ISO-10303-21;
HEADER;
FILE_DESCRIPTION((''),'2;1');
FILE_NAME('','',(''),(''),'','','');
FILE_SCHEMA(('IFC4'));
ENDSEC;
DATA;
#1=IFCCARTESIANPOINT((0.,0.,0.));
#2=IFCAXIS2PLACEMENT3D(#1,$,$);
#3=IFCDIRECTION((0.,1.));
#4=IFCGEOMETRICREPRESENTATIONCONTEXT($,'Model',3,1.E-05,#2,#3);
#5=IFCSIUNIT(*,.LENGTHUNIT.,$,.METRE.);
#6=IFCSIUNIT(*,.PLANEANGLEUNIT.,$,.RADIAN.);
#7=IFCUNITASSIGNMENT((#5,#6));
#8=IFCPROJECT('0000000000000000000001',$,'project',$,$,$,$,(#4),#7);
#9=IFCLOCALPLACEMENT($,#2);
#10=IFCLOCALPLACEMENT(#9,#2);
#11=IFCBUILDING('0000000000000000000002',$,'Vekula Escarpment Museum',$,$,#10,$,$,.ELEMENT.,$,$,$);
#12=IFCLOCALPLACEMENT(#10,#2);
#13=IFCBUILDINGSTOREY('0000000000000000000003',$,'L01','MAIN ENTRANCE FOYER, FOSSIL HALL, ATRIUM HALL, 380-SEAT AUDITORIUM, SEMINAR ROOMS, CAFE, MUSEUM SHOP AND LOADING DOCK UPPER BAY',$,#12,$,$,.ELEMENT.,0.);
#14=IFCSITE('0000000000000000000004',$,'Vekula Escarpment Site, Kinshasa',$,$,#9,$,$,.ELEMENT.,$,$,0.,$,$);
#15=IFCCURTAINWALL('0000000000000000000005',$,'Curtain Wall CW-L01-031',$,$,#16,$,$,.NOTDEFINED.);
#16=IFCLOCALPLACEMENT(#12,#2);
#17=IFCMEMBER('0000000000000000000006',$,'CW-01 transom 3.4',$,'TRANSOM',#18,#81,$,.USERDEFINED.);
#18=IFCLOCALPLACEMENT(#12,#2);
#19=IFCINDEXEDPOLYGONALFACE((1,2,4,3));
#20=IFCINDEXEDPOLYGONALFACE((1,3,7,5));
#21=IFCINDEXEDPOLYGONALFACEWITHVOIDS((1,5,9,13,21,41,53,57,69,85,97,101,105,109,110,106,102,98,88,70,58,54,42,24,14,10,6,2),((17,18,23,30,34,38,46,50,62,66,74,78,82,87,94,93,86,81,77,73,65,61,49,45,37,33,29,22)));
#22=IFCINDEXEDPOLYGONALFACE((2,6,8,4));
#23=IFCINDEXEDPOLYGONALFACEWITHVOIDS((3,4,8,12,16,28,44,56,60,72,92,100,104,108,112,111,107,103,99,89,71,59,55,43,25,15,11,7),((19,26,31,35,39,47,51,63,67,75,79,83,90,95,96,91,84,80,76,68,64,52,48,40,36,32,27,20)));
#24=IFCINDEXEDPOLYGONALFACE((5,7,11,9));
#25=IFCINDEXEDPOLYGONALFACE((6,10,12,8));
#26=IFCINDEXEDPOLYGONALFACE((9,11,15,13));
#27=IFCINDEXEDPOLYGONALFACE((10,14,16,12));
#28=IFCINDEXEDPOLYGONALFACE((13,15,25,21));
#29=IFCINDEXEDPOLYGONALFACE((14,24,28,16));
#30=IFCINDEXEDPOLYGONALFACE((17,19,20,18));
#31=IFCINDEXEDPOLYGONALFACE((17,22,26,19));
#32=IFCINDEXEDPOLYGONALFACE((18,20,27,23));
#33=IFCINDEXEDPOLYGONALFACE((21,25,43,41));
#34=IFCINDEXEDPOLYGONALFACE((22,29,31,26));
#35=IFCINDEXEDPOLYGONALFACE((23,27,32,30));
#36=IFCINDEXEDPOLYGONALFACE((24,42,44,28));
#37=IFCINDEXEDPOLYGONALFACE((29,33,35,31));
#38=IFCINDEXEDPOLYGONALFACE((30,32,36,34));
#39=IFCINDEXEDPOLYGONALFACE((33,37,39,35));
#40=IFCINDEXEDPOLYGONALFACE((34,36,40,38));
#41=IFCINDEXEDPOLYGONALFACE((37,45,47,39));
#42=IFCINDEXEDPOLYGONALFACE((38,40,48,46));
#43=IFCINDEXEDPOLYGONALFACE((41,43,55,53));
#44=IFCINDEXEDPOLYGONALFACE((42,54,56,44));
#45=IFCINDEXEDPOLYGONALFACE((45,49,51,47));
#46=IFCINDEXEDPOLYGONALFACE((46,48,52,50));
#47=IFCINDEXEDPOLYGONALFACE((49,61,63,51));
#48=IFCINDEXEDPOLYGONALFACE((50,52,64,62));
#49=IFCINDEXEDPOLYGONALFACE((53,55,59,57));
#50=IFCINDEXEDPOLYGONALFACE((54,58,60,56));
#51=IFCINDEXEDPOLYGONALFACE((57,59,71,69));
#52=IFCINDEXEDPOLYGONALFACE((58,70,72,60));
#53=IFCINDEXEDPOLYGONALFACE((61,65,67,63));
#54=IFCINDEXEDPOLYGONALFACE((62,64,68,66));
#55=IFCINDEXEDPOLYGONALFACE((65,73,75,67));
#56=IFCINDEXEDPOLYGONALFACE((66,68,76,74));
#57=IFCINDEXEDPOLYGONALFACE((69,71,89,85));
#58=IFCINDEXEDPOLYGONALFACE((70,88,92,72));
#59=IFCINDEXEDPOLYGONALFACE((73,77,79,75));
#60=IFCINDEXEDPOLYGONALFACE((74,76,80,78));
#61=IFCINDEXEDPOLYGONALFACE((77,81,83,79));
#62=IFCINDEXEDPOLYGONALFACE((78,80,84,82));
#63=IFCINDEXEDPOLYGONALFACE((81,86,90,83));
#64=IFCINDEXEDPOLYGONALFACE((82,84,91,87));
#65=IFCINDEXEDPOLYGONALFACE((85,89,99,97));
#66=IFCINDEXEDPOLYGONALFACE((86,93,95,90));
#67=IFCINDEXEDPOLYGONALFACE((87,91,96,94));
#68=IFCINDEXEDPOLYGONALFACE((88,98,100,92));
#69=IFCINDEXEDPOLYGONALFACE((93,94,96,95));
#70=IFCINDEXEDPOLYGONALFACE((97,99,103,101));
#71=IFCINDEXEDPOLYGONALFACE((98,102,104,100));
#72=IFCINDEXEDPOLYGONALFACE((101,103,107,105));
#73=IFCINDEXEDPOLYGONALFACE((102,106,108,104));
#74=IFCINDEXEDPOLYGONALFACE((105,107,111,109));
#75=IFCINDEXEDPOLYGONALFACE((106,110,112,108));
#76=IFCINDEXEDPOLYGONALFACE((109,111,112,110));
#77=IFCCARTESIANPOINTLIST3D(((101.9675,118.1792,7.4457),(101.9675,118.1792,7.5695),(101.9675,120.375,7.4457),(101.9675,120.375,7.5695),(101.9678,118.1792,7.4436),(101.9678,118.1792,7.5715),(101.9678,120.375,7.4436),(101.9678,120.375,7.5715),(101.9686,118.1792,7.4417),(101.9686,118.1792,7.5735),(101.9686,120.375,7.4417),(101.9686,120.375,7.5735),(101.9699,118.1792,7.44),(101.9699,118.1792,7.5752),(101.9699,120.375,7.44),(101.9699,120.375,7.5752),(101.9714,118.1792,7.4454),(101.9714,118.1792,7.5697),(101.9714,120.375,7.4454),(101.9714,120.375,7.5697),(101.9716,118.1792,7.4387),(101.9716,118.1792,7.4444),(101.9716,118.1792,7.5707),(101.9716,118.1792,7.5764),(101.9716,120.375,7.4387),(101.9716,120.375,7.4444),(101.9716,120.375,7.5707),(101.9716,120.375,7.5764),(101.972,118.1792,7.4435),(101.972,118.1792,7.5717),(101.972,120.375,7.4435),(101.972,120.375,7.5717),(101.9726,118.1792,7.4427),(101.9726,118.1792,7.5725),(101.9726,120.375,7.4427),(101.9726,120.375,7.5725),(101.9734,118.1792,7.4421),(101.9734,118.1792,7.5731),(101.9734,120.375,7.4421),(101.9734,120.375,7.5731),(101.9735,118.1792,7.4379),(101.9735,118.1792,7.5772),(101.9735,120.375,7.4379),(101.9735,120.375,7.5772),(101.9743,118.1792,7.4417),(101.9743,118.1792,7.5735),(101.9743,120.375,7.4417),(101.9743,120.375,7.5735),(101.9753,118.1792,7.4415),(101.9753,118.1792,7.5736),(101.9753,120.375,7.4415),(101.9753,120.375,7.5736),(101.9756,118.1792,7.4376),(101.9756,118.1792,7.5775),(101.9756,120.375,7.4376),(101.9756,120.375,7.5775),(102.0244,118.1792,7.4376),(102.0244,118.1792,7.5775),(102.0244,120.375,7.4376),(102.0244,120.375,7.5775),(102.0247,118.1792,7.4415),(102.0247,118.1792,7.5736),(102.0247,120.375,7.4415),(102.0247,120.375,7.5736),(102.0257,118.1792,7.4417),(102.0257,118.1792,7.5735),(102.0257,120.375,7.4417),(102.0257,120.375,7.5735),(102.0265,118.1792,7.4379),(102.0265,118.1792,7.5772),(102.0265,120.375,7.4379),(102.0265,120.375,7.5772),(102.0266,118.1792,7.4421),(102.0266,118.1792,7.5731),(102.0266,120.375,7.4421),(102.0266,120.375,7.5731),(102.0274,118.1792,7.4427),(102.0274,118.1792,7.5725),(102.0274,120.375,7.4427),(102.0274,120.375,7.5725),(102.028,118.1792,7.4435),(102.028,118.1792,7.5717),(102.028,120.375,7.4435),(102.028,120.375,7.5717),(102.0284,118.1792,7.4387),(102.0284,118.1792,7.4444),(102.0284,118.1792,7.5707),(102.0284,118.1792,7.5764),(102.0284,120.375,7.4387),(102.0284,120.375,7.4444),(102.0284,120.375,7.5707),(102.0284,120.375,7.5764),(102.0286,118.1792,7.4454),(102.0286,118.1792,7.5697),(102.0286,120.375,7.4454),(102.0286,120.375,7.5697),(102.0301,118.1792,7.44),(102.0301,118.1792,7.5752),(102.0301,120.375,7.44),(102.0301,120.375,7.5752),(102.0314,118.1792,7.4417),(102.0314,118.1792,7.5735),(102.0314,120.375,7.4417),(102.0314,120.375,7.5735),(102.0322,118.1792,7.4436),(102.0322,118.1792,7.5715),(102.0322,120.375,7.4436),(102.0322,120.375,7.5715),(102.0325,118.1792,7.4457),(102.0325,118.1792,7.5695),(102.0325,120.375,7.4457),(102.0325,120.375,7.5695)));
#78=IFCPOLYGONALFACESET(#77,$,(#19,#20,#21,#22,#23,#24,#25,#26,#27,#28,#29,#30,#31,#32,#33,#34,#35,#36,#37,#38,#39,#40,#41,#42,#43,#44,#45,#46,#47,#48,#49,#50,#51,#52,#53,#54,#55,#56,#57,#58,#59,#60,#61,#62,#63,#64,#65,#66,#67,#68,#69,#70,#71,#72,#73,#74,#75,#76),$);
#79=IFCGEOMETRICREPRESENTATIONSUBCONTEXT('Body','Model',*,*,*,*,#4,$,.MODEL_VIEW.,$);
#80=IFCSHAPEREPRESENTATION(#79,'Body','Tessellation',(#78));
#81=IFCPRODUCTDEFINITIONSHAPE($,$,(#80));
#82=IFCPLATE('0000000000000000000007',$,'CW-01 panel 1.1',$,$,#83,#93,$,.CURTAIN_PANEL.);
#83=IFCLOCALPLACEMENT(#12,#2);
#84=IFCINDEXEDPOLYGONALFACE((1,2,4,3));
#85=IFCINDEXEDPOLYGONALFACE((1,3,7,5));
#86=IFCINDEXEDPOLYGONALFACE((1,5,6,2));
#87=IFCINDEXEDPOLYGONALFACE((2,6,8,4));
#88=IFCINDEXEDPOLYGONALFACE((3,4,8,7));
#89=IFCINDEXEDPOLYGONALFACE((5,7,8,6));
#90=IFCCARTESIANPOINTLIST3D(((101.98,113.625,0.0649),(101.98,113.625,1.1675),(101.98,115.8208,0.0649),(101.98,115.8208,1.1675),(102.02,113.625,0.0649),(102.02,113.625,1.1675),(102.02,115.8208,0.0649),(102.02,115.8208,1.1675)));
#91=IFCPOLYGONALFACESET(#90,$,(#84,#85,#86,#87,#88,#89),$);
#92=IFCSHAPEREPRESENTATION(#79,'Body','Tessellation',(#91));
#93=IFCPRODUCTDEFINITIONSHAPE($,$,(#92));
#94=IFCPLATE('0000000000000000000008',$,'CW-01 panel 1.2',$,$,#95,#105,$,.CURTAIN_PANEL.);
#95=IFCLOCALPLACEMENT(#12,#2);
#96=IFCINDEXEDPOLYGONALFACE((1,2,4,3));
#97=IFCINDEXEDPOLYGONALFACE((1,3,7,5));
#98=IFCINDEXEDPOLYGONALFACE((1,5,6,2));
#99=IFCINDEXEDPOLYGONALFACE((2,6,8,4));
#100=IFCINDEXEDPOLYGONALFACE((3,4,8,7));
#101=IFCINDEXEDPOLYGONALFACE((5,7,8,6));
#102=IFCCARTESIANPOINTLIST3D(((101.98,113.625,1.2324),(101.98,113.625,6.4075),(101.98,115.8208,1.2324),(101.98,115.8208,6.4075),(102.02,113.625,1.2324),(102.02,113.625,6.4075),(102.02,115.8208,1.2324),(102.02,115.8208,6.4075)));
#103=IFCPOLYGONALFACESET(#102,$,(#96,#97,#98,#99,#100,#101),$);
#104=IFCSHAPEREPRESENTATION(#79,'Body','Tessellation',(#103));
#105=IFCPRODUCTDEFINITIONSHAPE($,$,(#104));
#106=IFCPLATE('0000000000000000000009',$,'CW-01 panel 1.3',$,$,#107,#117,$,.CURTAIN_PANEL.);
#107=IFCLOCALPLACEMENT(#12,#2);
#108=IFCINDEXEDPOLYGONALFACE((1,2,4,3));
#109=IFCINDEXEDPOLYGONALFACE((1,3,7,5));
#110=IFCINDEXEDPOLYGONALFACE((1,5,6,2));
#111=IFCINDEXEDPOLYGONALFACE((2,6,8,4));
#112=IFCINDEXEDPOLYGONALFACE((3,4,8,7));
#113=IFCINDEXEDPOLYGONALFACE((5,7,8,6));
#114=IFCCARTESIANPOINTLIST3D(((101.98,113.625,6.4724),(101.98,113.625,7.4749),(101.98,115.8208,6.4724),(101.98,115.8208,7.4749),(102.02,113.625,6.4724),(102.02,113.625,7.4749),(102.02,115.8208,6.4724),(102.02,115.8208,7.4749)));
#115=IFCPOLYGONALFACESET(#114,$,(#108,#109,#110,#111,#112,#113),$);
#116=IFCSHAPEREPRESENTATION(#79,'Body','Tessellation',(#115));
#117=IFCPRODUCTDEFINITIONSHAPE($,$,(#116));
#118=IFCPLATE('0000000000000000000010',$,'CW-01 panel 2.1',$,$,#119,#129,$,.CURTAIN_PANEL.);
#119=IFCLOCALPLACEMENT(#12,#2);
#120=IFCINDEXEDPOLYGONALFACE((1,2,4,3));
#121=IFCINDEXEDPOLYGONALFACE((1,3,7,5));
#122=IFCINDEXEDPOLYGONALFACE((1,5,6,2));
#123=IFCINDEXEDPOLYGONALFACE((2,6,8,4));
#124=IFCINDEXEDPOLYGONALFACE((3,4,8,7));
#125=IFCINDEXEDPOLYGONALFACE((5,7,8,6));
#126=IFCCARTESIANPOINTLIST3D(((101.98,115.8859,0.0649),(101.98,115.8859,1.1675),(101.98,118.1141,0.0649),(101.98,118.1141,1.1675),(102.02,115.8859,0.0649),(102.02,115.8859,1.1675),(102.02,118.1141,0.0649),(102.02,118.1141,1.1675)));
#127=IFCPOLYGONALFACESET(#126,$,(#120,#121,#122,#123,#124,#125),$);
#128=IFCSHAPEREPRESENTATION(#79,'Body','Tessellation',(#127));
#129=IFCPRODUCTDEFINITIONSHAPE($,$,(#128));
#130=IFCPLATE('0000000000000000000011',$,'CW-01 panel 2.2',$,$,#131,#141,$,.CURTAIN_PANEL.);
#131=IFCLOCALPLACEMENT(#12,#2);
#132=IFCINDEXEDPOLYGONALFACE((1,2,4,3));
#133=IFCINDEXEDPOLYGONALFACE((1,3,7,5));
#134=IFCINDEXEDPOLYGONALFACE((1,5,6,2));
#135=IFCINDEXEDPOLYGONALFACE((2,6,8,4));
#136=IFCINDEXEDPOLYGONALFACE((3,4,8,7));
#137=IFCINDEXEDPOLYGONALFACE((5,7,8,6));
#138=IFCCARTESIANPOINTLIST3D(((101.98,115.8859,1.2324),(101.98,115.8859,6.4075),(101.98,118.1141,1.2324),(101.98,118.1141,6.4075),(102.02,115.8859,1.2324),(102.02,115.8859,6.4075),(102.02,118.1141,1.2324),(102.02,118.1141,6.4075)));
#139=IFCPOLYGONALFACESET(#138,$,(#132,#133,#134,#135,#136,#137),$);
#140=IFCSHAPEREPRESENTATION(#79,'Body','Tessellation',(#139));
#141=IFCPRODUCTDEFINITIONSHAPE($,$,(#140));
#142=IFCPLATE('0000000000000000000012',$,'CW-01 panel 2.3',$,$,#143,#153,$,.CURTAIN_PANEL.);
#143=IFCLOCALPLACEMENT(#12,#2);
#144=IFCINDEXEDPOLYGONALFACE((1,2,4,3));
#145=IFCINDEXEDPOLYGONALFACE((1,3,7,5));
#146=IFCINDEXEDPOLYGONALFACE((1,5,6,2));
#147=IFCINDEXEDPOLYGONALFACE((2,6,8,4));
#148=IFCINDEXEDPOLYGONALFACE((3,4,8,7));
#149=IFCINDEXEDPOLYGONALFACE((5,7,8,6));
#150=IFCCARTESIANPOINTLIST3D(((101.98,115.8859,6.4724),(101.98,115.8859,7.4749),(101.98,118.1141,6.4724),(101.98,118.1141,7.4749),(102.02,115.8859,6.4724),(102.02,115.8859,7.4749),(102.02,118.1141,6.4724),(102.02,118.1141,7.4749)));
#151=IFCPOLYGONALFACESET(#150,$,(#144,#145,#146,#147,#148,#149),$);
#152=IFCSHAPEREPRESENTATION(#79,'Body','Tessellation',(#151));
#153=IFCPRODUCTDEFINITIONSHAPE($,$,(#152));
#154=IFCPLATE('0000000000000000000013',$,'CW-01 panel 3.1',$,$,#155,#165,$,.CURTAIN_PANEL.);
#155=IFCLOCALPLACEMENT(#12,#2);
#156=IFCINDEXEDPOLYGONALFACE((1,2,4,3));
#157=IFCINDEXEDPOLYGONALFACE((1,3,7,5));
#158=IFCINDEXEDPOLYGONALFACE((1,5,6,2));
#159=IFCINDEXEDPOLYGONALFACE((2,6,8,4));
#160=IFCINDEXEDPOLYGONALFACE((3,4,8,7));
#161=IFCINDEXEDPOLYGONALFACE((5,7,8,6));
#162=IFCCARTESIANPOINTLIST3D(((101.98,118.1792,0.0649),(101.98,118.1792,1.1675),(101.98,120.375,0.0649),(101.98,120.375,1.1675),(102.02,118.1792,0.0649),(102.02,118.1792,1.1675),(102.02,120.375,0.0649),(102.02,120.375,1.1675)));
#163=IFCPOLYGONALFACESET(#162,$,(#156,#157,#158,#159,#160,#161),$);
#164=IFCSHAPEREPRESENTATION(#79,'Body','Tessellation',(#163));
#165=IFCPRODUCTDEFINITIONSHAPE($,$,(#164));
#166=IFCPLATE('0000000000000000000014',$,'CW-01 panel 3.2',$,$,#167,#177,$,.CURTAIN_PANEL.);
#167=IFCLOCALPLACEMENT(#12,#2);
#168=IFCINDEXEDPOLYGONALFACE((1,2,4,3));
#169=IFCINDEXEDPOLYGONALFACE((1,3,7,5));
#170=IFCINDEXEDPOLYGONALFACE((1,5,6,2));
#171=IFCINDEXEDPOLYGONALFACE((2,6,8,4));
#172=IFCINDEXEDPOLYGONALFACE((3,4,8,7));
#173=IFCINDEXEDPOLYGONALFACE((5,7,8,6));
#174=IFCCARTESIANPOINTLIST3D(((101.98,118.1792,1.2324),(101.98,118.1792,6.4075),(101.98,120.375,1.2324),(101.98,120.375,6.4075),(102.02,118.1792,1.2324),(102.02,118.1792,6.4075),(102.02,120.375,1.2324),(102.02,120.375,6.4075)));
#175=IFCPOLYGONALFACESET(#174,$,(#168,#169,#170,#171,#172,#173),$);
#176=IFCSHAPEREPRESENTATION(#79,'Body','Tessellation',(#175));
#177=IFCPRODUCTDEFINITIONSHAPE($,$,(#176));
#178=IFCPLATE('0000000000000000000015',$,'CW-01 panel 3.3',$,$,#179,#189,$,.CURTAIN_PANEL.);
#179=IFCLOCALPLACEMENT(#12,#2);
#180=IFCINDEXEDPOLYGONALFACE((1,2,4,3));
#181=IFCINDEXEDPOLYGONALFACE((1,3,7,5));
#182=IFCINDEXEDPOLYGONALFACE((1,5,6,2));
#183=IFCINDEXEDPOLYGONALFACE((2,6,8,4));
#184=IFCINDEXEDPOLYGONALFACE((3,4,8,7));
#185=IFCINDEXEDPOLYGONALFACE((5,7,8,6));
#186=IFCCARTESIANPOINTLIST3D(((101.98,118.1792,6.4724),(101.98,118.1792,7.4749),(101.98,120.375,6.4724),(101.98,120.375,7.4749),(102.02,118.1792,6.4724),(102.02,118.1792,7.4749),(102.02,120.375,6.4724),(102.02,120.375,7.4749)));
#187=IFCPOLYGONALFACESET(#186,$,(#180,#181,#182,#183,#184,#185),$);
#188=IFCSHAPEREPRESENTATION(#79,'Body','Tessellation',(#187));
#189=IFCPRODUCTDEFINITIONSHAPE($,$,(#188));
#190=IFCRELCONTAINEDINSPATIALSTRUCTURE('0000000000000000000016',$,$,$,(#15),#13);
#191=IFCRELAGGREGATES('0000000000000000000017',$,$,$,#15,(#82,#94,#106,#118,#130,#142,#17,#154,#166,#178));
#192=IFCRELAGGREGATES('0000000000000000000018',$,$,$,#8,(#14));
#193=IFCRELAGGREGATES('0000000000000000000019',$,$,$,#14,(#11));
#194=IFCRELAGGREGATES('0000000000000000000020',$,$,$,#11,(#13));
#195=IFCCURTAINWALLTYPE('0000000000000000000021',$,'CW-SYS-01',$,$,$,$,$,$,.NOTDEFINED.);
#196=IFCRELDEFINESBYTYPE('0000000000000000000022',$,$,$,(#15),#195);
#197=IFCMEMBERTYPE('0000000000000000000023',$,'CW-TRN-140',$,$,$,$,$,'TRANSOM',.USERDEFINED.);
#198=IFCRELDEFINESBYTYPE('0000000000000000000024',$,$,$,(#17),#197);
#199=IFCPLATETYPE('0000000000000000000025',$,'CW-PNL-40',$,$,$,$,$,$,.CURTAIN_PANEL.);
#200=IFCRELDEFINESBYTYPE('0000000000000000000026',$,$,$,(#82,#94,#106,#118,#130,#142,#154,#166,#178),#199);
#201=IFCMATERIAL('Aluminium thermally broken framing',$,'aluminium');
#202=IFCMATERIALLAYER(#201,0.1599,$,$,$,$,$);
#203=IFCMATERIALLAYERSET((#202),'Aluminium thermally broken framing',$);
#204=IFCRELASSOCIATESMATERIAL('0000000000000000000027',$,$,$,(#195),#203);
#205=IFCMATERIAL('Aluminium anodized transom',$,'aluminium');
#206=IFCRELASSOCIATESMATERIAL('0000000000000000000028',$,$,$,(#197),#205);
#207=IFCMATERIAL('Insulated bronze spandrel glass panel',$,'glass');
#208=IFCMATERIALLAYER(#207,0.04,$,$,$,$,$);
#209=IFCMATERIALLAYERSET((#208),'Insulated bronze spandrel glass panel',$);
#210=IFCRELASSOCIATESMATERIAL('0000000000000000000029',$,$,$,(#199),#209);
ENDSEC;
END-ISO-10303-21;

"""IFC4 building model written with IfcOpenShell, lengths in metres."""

from ifc_helpers import new_model, si_unit, direction, frame, origin, origin_2d, place, context, subcontext, project, spatial, rectangle, hollow_rectangle, extrude, material, layer, layer_set, material_profile, profile_set, type_object, element, aggregate, save


model = new_model("IFC4")

# Units and contexts
model_context = context("Model", 3, precision=1e-05, world=origin(), true_north=direction((0.0, 1.0)))
body_context = subcontext(model_context, "Body", "Model", "MODEL_VIEW")
ifc_project = project(units=[si_unit("LENGTHUNIT", "METRE"), si_unit("PLANEANGLEUNIT", "RADIAN")], contexts=[model_context])

# Site, building, storey
site_placement = place(None, origin())
site = spatial("IfcSite", under=ifc_project, at=site_placement, Name="Vekula Escarpment Site, Kinshasa", CompositionType="ELEMENT", RefElevation=0.0)
building_placement = place(site_placement, origin())
building = spatial("IfcBuilding", under=site, at=building_placement, Name="Vekula Escarpment Museum", CompositionType="ELEMENT")
storey_placement = place(building_placement, origin())
storey = spatial("IfcBuildingStorey", under=building, at=storey_placement, Name="L01", Description="MAIN ENTRANCE FOYER, FOSSIL HALL, ATRIUM HALL, 380-SEAT AUDITORIUM, SEMINAR ROOMS, CAFE, MUSEUM SHOP AND LOADING DOCK UPPER BAY", CompositionType="ELEMENT", Elevation=0.0)

# Curtain wall, member, plates
ifc_material_1 = material(Name="Aluminium thermally broken framing", Category="aluminium")
ifc_layer_1 = layer(ifc_material_1, 0.1599)
ifc_layer_set_1 = layer_set([ifc_layer_1], Name="Aluminium thermally broken framing")
curtain_wall_type = type_object("IfcCurtainWallType", Name="CW-SYS-01", PredefinedType="NOTDEFINED", material=ifc_layer_set_1)
curtain_wall_placement = place(storey_placement, origin())
curtain_wall = element("IfcCurtainWall", 1, at=curtain_wall_placement, inside=storey, type_object=curtain_wall_type, Name="Curtain Wall CW-L01-031", PredefinedType="NOTDEFINED")
ifc_material_2 = material(Name="Aluminium anodized transom", Category="aluminium")
ifc_material_profile_1 = material_profile(ifc_material_2, hollow_rectangle(XDim=0.0649, YDim=0.1399, WallThickness=0.0039, InnerFilletRadius=0.0039, OuterFilletRadius=0.0081, at=origin_2d()), Name="ALU 140x65x4")
ifc_profile_set_1 = profile_set([ifc_material_profile_1], Name="Aluminium anodized transom")
member_type_1 = type_object("IfcMemberType", Name="CW-TRN-140", ElementType="TRANSOM", PredefinedType="USERDEFINED", material=ifc_profile_set_1)
member_1_placement = place(storey_placement, frame((102.0, 118.1792, 7.5076), z_axis=(0.0, 1.0, 0.0), x_axis=(-1.0, 0.0, 0.0)))
member_1 = element("IfcMember", 2, at=member_1_placement, type_object=member_type_1, Name="CW-01 transom 3.4", ObjectType="TRANSOM", PredefinedType="USERDEFINED", context=body_context, shape_type="SweptSolid", body=[
    extrude(hollow_rectangle(XDim=0.0649, YDim=0.1399, WallThickness=0.0039, InnerFilletRadius=0.0039, OuterFilletRadius=0.0081, at=origin_2d()), origin(), (0.0, 0.0, 1.0), 2.1958),
])
ifc_material_3 = material(Name="Insulated bronze spandrel glass panel", Category="glass")
ifc_layer_2 = layer(ifc_material_3, 0.04)
ifc_layer_set_2 = layer_set([ifc_layer_2], Name="Insulated bronze spandrel glass panel")
plate_type = type_object("IfcPlateType", Name="CW-PNL-40", PredefinedType="CURTAIN_PANEL", material=ifc_layer_set_2)
plate_1_placement = place(storey_placement, frame((102.0, 114.7229, 0.0649), z_axis=(0.0, 0.0, 1.0), x_axis=(0.0, 1.0, 0.0)))
plate_1 = element("IfcPlate", 3, at=plate_1_placement, type_object=plate_type, Name="CW-01 panel 1.1", PredefinedType="CURTAIN_PANEL", context=body_context, shape_type="SweptSolid", body=[
    extrude(rectangle(XDim=2.1958, YDim=0.04, at=origin_2d()), origin(), (0.0, 0.0, 1.0), 1.1025),
])
plate_2_placement = place(storey_placement, frame((102.0, 114.7229, 1.2324), z_axis=(0.0, 0.0, 1.0), x_axis=(0.0, 1.0, 0.0)))
plate_2 = element("IfcPlate", 4, at=plate_2_placement, type_object=plate_type, Name="CW-01 panel 1.2", PredefinedType="CURTAIN_PANEL", context=body_context, shape_type="SweptSolid", body=[
    extrude(rectangle(XDim=2.1958, YDim=0.04, at=origin_2d()), origin(), (0.0, 0.0, 1.0), 5.175),
])
plate_3_placement = place(storey_placement, frame((102.0, 114.7229, 6.4724), z_axis=(0.0, 0.0, 1.0), x_axis=(0.0, 1.0, 0.0)))
plate_3 = element("IfcPlate", 5, at=plate_3_placement, type_object=plate_type, Name="CW-01 panel 1.3", PredefinedType="CURTAIN_PANEL", context=body_context, shape_type="SweptSolid", body=[
    extrude(rectangle(XDim=2.1958, YDim=0.04, at=origin_2d()), origin(), (0.0, 0.0, 1.0), 1.0024),
])
plate_4_placement = place(storey_placement, frame((102.0, 117.0, 0.0649), z_axis=(0.0, 0.0, 1.0), x_axis=(0.0, 1.0, 0.0)))
plate_4 = element("IfcPlate", 6, at=plate_4_placement, type_object=plate_type, Name="CW-01 panel 2.1", PredefinedType="CURTAIN_PANEL", context=body_context, shape_type="SweptSolid", body=[
    extrude(rectangle(XDim=2.2283, YDim=0.04, at=origin_2d()), origin(), (0.0, 0.0, 1.0), 1.1025),
])
plate_5_placement = place(storey_placement, frame((102.0, 117.0, 1.2324), z_axis=(0.0, 0.0, 1.0), x_axis=(0.0, 1.0, 0.0)))
plate_5 = element("IfcPlate", 7, at=plate_5_placement, type_object=plate_type, Name="CW-01 panel 2.2", PredefinedType="CURTAIN_PANEL", context=body_context, shape_type="SweptSolid", body=[
    extrude(rectangle(XDim=2.2283, YDim=0.04, at=origin_2d()), origin(), (0.0, 0.0, 1.0), 5.175),
])
plate_6_placement = place(storey_placement, frame((102.0, 117.0, 6.4724), z_axis=(0.0, 0.0, 1.0), x_axis=(0.0, 1.0, 0.0)))
plate_6 = element("IfcPlate", 8, at=plate_6_placement, type_object=plate_type, Name="CW-01 panel 2.3", PredefinedType="CURTAIN_PANEL", context=body_context, shape_type="SweptSolid", body=[
    extrude(rectangle(XDim=2.2283, YDim=0.04, at=origin_2d()), origin(), (0.0, 0.0, 1.0), 1.0024),
])
plate_7_placement = place(storey_placement, frame((102.0, 119.2771, 0.0649), z_axis=(0.0, 0.0, 1.0), x_axis=(0.0, 1.0, 0.0)))
plate_7 = element("IfcPlate", 9, at=plate_7_placement, type_object=plate_type, Name="CW-01 panel 3.1", PredefinedType="CURTAIN_PANEL", context=body_context, shape_type="SweptSolid", body=[
    extrude(rectangle(XDim=2.1958, YDim=0.04, at=origin_2d()), origin(), (0.0, 0.0, 1.0), 1.1025),
])
plate_8_placement = place(storey_placement, frame((102.0, 119.2771, 1.2324), z_axis=(0.0, 0.0, 1.0), x_axis=(0.0, 1.0, 0.0)))
plate_8 = element("IfcPlate", 10, at=plate_8_placement, type_object=plate_type, Name="CW-01 panel 3.2", PredefinedType="CURTAIN_PANEL", context=body_context, shape_type="SweptSolid", body=[
    extrude(rectangle(XDim=2.1958, YDim=0.04, at=origin_2d()), origin(), (0.0, 0.0, 1.0), 5.175),
])
plate_9_placement = place(storey_placement, frame((102.0, 119.2771, 6.4724), z_axis=(0.0, 0.0, 1.0), x_axis=(0.0, 1.0, 0.0)))
plate_9 = element("IfcPlate", 11, at=plate_9_placement, type_object=plate_type, Name="CW-01 panel 3.3", PredefinedType="CURTAIN_PANEL", context=body_context, shape_type="SweptSolid", body=[
    extrude(rectangle(XDim=2.1958, YDim=0.04, at=origin_2d()), origin(), (0.0, 0.0, 1.0), 1.0024),
])
aggregate(curtain_wall, [plate_1, plate_2, plate_3, plate_4, plate_5, plate_6, member_1, plate_7, plate_8, plate_9])

save(model, "model.ifc")
